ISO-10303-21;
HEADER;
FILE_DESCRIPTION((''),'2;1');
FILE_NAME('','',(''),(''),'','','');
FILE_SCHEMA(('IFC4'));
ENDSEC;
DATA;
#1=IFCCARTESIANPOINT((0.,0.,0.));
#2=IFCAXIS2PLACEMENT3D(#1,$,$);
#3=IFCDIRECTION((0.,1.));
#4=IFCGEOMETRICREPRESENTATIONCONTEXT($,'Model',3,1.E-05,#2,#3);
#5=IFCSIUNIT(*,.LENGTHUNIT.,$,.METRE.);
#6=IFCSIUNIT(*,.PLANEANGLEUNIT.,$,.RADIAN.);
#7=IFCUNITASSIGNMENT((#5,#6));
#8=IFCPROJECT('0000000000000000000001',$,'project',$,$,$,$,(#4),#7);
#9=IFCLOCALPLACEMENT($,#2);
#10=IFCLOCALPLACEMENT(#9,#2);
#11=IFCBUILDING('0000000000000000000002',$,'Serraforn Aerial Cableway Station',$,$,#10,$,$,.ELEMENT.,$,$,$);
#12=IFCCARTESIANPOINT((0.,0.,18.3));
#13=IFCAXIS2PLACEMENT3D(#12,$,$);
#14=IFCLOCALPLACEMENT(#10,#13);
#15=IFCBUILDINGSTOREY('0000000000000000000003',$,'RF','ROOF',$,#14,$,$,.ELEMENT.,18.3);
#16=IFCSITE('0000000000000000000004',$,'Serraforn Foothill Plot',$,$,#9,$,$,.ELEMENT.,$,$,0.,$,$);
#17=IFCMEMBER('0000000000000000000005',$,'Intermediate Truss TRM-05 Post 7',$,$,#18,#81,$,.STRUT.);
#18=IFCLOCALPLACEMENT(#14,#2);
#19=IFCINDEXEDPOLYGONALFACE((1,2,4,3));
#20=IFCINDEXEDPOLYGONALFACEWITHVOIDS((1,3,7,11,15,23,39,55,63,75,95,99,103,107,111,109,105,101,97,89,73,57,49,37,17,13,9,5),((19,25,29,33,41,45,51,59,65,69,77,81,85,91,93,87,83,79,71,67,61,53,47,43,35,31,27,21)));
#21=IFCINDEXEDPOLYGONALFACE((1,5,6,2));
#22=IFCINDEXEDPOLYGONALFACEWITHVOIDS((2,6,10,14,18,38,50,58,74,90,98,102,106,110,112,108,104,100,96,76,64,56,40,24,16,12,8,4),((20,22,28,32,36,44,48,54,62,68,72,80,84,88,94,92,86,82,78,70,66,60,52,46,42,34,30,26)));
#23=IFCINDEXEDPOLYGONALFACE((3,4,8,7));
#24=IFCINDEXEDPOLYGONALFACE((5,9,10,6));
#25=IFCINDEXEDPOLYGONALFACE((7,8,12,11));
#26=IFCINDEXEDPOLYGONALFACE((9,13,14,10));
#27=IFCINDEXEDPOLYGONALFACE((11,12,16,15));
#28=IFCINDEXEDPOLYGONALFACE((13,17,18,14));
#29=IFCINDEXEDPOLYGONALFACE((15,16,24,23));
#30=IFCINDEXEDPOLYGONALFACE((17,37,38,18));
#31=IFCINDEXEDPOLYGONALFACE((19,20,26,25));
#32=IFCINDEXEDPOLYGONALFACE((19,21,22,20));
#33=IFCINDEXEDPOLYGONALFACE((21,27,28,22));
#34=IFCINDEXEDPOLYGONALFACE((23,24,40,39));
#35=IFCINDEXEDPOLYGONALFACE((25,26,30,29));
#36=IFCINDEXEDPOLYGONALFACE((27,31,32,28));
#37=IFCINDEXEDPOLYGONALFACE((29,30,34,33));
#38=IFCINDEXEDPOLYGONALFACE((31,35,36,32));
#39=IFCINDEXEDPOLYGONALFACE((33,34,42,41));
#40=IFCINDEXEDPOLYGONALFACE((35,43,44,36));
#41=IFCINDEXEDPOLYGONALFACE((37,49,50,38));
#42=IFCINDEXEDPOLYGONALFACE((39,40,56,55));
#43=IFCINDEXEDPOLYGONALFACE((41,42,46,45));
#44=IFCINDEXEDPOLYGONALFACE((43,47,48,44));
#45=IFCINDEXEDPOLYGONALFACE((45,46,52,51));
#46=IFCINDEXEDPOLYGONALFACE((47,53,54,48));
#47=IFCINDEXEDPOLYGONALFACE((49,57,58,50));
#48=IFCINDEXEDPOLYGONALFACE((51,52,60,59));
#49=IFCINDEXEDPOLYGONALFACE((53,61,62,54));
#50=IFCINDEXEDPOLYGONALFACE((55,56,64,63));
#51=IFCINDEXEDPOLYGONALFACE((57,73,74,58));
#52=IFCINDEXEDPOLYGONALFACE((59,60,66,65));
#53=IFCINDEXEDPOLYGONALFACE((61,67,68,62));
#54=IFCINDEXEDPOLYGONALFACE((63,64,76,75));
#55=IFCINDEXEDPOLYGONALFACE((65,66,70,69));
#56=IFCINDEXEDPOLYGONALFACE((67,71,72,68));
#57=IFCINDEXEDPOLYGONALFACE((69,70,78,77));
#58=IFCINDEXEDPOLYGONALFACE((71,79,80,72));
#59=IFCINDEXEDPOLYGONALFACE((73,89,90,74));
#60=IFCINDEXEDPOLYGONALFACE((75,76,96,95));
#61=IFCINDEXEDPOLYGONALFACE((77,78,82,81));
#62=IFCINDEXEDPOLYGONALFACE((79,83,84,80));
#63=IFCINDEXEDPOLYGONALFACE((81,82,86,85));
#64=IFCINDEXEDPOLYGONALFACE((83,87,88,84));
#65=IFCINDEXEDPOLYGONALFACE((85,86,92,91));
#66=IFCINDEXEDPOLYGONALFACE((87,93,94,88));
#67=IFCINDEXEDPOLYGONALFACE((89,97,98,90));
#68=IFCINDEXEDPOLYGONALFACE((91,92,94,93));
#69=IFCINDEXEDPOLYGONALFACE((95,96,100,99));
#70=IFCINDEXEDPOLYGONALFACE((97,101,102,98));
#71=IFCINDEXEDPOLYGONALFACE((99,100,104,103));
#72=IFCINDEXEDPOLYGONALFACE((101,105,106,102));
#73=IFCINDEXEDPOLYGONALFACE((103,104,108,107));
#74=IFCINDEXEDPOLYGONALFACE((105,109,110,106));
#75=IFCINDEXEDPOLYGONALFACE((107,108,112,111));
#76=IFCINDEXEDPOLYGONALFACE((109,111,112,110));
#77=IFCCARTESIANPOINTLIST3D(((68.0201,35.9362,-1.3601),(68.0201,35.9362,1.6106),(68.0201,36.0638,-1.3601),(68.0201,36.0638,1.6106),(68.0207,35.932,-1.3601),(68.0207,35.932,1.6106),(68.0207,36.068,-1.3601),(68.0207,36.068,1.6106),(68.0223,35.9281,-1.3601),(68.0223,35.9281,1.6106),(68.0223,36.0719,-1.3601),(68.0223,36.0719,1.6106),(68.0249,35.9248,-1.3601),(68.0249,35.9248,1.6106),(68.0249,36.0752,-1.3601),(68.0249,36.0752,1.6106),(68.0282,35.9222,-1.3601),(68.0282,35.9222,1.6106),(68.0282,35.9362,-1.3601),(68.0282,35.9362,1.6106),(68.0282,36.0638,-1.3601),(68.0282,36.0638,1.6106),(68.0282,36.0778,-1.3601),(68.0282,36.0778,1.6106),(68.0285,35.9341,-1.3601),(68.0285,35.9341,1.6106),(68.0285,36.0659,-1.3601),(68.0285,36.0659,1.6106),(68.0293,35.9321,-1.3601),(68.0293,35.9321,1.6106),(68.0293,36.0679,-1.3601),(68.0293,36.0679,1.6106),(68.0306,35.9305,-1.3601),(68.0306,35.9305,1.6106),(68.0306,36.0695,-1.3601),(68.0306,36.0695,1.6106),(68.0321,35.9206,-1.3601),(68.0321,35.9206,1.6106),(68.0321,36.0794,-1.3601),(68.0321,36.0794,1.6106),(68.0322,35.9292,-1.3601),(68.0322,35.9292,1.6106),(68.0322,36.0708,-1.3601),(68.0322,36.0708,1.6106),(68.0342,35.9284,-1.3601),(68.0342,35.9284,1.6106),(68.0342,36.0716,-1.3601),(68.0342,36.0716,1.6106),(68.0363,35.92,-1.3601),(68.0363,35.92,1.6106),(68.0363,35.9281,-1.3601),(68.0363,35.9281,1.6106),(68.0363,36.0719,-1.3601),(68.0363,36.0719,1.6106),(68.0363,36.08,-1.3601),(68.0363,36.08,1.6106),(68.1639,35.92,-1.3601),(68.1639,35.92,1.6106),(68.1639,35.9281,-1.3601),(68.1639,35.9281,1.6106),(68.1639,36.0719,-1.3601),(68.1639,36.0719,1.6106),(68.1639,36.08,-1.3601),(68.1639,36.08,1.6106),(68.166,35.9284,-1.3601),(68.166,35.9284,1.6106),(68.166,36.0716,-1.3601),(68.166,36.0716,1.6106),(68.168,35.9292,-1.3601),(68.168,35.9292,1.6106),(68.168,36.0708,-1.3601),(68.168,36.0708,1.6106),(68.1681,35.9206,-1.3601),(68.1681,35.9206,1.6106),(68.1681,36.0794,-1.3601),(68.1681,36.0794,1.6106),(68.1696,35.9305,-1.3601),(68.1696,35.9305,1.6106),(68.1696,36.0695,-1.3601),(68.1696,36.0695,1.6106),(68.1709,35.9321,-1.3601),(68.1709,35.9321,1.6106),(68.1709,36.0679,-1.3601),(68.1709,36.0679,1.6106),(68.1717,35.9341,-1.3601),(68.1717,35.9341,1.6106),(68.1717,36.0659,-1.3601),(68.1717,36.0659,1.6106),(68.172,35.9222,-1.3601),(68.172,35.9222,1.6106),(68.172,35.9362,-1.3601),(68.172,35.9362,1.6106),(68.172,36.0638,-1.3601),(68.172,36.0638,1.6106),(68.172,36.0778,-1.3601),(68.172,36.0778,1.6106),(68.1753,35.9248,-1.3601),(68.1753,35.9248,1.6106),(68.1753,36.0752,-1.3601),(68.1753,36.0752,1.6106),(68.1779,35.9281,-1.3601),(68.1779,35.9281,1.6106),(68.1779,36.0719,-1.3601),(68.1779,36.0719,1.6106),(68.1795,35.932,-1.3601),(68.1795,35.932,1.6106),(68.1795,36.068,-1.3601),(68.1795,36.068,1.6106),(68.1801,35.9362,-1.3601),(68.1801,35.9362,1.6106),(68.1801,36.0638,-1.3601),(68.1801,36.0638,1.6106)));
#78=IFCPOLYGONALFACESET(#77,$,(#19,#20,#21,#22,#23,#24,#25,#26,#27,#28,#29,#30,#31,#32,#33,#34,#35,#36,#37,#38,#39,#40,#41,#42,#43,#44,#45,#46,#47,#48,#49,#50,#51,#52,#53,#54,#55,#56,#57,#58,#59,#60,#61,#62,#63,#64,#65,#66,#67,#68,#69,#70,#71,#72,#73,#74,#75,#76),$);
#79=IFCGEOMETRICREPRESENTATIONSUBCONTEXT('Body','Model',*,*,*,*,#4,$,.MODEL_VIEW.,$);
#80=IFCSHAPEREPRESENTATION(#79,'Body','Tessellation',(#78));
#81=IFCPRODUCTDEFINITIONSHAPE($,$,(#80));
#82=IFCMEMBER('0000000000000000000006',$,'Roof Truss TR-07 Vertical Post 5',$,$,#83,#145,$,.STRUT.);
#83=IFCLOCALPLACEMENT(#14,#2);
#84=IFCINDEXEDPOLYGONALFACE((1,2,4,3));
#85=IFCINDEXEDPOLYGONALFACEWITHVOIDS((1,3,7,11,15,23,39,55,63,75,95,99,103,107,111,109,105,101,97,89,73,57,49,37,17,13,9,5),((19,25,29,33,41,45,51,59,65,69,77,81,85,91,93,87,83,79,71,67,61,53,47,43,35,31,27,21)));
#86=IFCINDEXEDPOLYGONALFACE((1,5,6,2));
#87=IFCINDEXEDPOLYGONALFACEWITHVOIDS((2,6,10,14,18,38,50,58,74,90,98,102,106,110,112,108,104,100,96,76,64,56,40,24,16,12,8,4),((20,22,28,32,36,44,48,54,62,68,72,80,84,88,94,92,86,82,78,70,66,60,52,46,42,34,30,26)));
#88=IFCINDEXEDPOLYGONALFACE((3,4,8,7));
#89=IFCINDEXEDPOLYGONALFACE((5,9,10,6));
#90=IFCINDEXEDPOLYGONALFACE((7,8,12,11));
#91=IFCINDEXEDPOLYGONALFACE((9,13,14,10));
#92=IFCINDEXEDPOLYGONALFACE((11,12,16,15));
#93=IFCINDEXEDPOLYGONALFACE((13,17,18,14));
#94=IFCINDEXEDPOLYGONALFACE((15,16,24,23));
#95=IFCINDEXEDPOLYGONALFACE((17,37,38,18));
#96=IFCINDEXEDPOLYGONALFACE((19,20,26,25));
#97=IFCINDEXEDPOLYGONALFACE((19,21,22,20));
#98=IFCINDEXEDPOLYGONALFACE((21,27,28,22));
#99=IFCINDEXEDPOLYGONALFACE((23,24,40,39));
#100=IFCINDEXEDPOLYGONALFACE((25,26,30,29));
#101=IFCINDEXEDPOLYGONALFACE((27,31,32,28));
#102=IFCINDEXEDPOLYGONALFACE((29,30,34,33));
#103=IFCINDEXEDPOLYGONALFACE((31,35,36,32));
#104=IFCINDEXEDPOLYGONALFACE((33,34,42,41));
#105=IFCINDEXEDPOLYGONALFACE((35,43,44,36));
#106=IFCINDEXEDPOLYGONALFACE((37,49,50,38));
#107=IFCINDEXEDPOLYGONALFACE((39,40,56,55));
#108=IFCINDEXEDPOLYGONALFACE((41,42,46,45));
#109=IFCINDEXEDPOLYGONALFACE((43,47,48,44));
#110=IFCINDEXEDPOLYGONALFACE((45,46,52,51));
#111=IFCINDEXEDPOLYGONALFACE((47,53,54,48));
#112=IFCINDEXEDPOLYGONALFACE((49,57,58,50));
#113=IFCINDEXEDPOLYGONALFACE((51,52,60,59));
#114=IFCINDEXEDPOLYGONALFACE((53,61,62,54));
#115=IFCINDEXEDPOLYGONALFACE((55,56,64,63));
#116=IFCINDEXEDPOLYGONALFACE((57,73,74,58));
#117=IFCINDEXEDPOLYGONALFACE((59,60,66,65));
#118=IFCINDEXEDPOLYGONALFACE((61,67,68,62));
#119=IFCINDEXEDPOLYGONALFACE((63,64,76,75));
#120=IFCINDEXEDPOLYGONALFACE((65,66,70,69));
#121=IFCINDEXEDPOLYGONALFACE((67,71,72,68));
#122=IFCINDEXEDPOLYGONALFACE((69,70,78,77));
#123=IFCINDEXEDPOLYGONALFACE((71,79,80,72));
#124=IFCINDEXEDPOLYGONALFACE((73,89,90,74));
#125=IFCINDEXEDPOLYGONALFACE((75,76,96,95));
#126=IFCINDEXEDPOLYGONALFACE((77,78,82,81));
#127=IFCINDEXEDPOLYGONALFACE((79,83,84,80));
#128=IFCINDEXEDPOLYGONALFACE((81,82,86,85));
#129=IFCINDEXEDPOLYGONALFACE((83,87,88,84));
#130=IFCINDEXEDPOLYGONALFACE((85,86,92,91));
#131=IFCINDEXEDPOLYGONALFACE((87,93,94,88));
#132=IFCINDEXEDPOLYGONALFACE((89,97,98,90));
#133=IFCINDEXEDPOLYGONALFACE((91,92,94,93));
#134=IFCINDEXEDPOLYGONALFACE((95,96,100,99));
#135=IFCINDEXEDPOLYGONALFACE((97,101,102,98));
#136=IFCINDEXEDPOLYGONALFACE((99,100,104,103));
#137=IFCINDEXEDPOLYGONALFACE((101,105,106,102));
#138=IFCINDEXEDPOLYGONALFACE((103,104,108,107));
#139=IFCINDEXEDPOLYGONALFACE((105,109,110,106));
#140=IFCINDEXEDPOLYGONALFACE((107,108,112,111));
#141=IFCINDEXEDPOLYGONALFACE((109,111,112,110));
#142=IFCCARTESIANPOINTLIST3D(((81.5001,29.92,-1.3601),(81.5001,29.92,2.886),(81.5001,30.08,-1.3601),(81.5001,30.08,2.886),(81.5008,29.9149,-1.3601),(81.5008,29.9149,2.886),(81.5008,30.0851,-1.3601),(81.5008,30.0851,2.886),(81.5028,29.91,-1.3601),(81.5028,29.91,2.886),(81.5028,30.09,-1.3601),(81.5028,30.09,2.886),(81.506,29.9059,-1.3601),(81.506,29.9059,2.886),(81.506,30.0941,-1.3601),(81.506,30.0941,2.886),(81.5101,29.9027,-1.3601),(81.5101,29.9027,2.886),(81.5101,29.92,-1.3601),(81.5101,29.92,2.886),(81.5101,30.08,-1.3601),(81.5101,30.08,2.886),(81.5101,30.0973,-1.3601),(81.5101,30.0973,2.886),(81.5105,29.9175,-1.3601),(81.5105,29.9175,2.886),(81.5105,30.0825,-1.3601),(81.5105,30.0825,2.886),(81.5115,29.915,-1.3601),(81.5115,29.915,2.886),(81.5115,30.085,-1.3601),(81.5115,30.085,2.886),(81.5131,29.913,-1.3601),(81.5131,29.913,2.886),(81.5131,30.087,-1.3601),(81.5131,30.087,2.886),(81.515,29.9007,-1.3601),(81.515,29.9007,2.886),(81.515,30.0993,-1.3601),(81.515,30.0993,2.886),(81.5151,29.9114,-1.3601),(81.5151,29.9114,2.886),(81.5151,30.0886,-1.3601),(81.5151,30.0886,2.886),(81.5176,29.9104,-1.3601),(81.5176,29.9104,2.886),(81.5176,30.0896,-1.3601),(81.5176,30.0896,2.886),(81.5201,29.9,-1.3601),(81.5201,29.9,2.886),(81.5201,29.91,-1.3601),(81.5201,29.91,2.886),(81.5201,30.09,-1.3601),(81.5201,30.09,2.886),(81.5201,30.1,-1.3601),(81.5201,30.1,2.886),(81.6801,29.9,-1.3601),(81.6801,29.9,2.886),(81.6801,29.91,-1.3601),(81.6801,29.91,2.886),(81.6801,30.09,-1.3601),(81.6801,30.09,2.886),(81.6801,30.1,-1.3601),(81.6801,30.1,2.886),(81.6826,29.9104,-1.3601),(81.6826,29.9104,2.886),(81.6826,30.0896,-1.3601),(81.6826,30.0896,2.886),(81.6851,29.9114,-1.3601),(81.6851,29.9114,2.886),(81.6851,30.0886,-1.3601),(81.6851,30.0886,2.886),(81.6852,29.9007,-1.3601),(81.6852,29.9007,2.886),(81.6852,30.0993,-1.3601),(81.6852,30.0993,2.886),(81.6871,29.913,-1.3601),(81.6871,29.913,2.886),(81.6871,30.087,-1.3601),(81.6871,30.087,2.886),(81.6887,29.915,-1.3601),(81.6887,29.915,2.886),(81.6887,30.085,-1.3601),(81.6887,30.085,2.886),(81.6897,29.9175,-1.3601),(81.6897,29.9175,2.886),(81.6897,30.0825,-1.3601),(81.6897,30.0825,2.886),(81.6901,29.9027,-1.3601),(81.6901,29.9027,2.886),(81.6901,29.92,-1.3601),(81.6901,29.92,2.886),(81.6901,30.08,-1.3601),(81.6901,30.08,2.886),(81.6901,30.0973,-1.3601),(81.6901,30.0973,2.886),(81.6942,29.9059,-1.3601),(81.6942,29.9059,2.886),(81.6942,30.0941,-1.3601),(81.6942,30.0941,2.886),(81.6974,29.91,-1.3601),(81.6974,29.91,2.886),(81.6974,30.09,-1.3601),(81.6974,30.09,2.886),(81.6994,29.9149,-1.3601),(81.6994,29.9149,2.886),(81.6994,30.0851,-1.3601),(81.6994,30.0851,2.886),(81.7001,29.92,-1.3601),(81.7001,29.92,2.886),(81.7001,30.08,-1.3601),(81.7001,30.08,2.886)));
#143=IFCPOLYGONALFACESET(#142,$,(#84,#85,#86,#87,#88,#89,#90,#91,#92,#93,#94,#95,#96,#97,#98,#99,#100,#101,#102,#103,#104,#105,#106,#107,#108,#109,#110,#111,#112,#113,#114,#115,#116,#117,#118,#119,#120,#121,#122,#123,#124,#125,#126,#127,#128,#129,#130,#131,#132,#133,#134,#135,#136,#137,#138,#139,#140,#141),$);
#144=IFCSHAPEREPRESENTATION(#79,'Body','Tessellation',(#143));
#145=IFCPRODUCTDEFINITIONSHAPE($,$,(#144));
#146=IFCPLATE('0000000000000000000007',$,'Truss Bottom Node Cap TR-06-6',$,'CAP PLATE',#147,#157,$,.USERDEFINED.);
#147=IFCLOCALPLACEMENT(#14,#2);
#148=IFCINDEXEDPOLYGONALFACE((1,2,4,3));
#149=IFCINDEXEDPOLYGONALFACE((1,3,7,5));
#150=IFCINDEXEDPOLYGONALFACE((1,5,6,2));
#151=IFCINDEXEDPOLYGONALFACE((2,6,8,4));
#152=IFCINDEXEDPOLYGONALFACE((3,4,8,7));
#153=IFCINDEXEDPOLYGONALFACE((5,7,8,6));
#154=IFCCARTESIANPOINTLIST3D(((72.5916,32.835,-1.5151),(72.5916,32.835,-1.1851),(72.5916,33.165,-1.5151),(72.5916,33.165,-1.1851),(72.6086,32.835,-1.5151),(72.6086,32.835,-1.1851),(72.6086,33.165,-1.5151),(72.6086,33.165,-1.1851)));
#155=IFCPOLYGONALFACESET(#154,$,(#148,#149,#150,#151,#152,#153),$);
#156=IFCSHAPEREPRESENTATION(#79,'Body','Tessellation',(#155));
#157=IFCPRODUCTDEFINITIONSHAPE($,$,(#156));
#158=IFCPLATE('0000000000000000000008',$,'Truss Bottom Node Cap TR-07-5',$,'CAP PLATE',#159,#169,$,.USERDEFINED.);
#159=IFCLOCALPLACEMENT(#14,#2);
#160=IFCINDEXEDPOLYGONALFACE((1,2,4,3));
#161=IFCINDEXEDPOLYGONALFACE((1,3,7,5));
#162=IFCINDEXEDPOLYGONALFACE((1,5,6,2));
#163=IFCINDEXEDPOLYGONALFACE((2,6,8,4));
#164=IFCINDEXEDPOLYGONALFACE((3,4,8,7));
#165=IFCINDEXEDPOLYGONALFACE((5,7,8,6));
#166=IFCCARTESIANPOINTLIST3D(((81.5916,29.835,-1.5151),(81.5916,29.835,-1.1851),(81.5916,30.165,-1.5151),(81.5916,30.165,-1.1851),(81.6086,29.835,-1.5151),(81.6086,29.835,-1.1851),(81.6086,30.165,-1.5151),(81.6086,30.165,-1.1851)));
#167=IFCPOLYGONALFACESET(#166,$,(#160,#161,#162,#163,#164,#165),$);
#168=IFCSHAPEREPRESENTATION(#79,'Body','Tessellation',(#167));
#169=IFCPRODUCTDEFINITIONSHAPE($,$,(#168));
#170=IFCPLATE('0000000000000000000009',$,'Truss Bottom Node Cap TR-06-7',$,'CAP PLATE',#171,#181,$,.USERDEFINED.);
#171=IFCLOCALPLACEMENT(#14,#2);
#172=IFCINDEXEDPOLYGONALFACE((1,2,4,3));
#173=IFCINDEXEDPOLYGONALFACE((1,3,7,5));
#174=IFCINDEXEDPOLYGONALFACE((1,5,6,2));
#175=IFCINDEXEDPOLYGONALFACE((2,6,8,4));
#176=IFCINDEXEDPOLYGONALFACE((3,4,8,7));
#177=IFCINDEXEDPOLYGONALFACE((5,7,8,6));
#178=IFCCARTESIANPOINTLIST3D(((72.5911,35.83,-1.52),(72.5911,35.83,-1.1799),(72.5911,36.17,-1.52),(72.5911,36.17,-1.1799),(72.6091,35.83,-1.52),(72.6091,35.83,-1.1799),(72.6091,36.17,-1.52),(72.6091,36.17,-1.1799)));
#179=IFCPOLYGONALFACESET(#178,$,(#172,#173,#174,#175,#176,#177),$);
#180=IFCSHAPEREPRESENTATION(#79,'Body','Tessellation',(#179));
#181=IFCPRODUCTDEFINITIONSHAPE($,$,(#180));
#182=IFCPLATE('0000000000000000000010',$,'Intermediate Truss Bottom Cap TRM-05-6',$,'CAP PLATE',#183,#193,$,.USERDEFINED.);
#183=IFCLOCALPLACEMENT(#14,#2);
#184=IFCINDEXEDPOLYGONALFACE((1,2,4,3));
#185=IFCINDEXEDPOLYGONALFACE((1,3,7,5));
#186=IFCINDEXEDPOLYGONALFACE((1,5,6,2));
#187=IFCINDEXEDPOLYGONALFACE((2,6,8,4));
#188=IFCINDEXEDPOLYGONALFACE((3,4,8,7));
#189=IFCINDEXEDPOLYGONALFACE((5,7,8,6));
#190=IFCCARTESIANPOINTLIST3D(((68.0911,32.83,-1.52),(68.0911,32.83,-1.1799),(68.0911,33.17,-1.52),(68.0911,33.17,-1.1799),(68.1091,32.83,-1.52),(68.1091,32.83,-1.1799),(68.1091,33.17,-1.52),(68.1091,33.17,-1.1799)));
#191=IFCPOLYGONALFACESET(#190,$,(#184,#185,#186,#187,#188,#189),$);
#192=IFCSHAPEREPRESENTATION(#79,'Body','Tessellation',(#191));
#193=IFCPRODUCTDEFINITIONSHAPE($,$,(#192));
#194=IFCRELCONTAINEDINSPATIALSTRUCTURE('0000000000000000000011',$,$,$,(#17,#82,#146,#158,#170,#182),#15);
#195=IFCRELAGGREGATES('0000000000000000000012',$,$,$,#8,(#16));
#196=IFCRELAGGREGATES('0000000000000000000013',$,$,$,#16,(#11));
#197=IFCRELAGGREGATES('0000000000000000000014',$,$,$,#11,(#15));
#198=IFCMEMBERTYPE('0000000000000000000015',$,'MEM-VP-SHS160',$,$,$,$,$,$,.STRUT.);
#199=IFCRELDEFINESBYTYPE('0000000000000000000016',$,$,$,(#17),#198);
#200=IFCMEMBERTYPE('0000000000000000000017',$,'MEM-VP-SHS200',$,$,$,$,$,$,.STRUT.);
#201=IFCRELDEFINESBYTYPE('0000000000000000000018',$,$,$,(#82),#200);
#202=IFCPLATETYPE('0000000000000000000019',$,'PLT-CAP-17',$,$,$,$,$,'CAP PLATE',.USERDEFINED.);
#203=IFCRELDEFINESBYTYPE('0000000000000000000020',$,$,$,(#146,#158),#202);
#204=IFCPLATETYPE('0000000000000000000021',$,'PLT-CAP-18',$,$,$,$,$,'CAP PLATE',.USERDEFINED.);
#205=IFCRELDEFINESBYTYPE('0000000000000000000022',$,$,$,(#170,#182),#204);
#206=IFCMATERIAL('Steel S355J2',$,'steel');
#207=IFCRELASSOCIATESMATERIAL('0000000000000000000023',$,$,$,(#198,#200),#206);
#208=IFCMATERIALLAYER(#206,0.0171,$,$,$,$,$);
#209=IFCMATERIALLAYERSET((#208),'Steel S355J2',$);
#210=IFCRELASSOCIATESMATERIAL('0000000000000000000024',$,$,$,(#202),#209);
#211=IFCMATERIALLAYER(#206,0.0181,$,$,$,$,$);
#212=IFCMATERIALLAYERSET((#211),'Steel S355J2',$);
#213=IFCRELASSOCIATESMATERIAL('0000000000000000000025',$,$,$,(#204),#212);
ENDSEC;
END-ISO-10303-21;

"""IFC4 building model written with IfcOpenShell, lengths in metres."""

from ifc_helpers import new_model, si_unit, direction, frame, origin, origin_2d, place, context, subcontext, project, spatial, rectangle, hollow_rectangle, extrude, material, layer, layer_set, material_profile, profile_set, type_object, element, save


model = new_model("IFC4")

# Units and contexts
model_context = context("Model", 3, precision=1e-05, world=origin(), true_north=direction((0.0, 1.0)))
body_context = subcontext(model_context, "Body", "Model", "MODEL_VIEW")
ifc_project = project(units=[si_unit("LENGTHUNIT", "METRE"), si_unit("PLANEANGLEUNIT", "RADIAN")], contexts=[model_context])

# Site, building, storey
site_placement = place(None, origin())
site = spatial("IfcSite", under=ifc_project, at=site_placement, Name="Serraforn Foothill Plot", CompositionType="ELEMENT", RefElevation=0.0)
building_placement = place(site_placement, origin())
building = spatial("IfcBuilding", under=site, at=building_placement, Name="Serraforn Aerial Cableway Station", CompositionType="ELEMENT")
storey_placement = place(building_placement, frame((0.0, 0.0, 18.3)))
storey = spatial("IfcBuildingStorey", under=building, at=storey_placement, Name="RF", Description="ROOF", CompositionType="ELEMENT", Elevation=18.3)

# Members
ifc_material_1 = material(Name="Steel S355J2", Category="steel")
ifc_material_profile_1 = material_profile(ifc_material_1, hollow_rectangle(XDim=0.1599, YDim=0.1599, WallThickness=0.0081, InnerFilletRadius=0.0081, OuterFilletRadius=0.0161, at=origin_2d()), Name="SHS 160x160x8.0")
ifc_profile_set_1 = profile_set([ifc_material_profile_1], Name="Steel S355J2")
member_type_1 = type_object("IfcMemberType", Name="MEM-VP-SHS160", PredefinedType="STRUT", material=ifc_profile_set_1)
for number, where, z_axis, x_axis, name in (
    (1, (68.1001, 36.0, -1.3601), (0.0, 0.0, 1.0), (1.0, 0.0, 0.0), "Intermediate Truss TRM-05 Post 7"),
):
    element("IfcMember", number, at=place(storey_placement, frame(where, z_axis=z_axis, x_axis=x_axis)), inside=storey, type_object=member_type_1, Name=name, PredefinedType="STRUT", context=body_context, shape_type="SweptSolid", body=[
        extrude(hollow_rectangle(XDim=0.1599, YDim=0.1599, WallThickness=0.0081, InnerFilletRadius=0.0081, OuterFilletRadius=0.0161, at=origin_2d()), origin(), (0.0, 0.0, 1.0), 2.9707),
    ])
ifc_material_profile_2 = material_profile(ifc_material_1, hollow_rectangle(XDim=0.2, YDim=0.2, WallThickness=0.01, InnerFilletRadius=0.01, OuterFilletRadius=0.02, at=origin_2d()), Name="SHS 200x200x10.0")
ifc_profile_set_2 = profile_set([ifc_material_profile_2], Name="Steel S355J2")
member_type_2 = type_object("IfcMemberType", Name="MEM-VP-SHS200", PredefinedType="STRUT", material=ifc_profile_set_2)
member_1_placement = place(storey_placement, frame((81.6001, 30.0, -1.3601), z_axis=(0.0, 0.0, 1.0), x_axis=(1.0, 0.0, 0.0)))
element("IfcMember", 2, at=member_1_placement, inside=storey, type_object=member_type_2, Name="Roof Truss TR-07 Vertical Post 5", PredefinedType="STRUT", context=body_context, shape_type="SweptSolid", body=[
    extrude(hollow_rectangle(XDim=0.2, YDim=0.2, WallThickness=0.01, InnerFilletRadius=0.01, OuterFilletRadius=0.02, at=origin_2d()), origin(), (0.0, 0.0, 1.0), 4.2461),
])

# Plates
ifc_layer_1 = layer(ifc_material_1, 0.0171)
ifc_layer_set_1 = layer_set([ifc_layer_1], Name="Steel S355J2")
plate_type_1 = type_object("IfcPlateType", Name="PLT-CAP-17", ElementType="CAP PLATE", PredefinedType="USERDEFINED", material=ifc_layer_set_1)
for number, where, z_axis, x_axis, name in (
    (3, (72.6001, 33.0, -1.5151), (0.0, 0.0, 1.0), (1.0, 0.0, 0.0), "Truss Bottom Node Cap TR-06-6"),
    (4, (81.6001, 30.0, -1.5151), (0.0, 0.0, 1.0), (1.0, 0.0, 0.0), "Truss Bottom Node Cap TR-07-5"),
):
    element("IfcPlate", number, at=place(storey_placement, frame(where, z_axis=z_axis, x_axis=x_axis)), inside=storey, type_object=plate_type_1, Name=name, ObjectType="CAP PLATE", PredefinedType="USERDEFINED", context=body_context, shape_type="SweptSolid", body=[
        extrude(rectangle(XDim=0.0171, YDim=0.3301, at=origin_2d()), origin(), (0.0, 0.0, 1.0), 0.3301),
    ])
ifc_layer_2 = layer(ifc_material_1, 0.0181)
ifc_layer_set_2 = layer_set([ifc_layer_2], Name="Steel S355J2")
plate_type_2 = type_object("IfcPlateType", Name="PLT-CAP-18", ElementType="CAP PLATE", PredefinedType="USERDEFINED", material=ifc_layer_set_2)
for number, where, z_axis, x_axis, name in (
    (5, (72.6001, 36.0, -1.52), (0.0, 0.0, 1.0), (1.0, 0.0, 0.0), "Truss Bottom Node Cap TR-06-7"),
    (6, (68.1001, 33.0, -1.52), (0.0, 0.0, 1.0), (1.0, 0.0, 0.0), "Intermediate Truss Bottom Cap TRM-05-6"),
):
    element("IfcPlate", number, at=place(storey_placement, frame(where, z_axis=z_axis, x_axis=x_axis)), inside=storey, type_object=plate_type_2, Name=name, ObjectType="CAP PLATE", PredefinedType="USERDEFINED", context=body_context, shape_type="SweptSolid", body=[
        extrude(rectangle(XDim=0.0181, YDim=0.3401, at=origin_2d()), origin(), (0.0, 0.0, 1.0), 0.3401),
    ])

save(model, "model.ifc")
